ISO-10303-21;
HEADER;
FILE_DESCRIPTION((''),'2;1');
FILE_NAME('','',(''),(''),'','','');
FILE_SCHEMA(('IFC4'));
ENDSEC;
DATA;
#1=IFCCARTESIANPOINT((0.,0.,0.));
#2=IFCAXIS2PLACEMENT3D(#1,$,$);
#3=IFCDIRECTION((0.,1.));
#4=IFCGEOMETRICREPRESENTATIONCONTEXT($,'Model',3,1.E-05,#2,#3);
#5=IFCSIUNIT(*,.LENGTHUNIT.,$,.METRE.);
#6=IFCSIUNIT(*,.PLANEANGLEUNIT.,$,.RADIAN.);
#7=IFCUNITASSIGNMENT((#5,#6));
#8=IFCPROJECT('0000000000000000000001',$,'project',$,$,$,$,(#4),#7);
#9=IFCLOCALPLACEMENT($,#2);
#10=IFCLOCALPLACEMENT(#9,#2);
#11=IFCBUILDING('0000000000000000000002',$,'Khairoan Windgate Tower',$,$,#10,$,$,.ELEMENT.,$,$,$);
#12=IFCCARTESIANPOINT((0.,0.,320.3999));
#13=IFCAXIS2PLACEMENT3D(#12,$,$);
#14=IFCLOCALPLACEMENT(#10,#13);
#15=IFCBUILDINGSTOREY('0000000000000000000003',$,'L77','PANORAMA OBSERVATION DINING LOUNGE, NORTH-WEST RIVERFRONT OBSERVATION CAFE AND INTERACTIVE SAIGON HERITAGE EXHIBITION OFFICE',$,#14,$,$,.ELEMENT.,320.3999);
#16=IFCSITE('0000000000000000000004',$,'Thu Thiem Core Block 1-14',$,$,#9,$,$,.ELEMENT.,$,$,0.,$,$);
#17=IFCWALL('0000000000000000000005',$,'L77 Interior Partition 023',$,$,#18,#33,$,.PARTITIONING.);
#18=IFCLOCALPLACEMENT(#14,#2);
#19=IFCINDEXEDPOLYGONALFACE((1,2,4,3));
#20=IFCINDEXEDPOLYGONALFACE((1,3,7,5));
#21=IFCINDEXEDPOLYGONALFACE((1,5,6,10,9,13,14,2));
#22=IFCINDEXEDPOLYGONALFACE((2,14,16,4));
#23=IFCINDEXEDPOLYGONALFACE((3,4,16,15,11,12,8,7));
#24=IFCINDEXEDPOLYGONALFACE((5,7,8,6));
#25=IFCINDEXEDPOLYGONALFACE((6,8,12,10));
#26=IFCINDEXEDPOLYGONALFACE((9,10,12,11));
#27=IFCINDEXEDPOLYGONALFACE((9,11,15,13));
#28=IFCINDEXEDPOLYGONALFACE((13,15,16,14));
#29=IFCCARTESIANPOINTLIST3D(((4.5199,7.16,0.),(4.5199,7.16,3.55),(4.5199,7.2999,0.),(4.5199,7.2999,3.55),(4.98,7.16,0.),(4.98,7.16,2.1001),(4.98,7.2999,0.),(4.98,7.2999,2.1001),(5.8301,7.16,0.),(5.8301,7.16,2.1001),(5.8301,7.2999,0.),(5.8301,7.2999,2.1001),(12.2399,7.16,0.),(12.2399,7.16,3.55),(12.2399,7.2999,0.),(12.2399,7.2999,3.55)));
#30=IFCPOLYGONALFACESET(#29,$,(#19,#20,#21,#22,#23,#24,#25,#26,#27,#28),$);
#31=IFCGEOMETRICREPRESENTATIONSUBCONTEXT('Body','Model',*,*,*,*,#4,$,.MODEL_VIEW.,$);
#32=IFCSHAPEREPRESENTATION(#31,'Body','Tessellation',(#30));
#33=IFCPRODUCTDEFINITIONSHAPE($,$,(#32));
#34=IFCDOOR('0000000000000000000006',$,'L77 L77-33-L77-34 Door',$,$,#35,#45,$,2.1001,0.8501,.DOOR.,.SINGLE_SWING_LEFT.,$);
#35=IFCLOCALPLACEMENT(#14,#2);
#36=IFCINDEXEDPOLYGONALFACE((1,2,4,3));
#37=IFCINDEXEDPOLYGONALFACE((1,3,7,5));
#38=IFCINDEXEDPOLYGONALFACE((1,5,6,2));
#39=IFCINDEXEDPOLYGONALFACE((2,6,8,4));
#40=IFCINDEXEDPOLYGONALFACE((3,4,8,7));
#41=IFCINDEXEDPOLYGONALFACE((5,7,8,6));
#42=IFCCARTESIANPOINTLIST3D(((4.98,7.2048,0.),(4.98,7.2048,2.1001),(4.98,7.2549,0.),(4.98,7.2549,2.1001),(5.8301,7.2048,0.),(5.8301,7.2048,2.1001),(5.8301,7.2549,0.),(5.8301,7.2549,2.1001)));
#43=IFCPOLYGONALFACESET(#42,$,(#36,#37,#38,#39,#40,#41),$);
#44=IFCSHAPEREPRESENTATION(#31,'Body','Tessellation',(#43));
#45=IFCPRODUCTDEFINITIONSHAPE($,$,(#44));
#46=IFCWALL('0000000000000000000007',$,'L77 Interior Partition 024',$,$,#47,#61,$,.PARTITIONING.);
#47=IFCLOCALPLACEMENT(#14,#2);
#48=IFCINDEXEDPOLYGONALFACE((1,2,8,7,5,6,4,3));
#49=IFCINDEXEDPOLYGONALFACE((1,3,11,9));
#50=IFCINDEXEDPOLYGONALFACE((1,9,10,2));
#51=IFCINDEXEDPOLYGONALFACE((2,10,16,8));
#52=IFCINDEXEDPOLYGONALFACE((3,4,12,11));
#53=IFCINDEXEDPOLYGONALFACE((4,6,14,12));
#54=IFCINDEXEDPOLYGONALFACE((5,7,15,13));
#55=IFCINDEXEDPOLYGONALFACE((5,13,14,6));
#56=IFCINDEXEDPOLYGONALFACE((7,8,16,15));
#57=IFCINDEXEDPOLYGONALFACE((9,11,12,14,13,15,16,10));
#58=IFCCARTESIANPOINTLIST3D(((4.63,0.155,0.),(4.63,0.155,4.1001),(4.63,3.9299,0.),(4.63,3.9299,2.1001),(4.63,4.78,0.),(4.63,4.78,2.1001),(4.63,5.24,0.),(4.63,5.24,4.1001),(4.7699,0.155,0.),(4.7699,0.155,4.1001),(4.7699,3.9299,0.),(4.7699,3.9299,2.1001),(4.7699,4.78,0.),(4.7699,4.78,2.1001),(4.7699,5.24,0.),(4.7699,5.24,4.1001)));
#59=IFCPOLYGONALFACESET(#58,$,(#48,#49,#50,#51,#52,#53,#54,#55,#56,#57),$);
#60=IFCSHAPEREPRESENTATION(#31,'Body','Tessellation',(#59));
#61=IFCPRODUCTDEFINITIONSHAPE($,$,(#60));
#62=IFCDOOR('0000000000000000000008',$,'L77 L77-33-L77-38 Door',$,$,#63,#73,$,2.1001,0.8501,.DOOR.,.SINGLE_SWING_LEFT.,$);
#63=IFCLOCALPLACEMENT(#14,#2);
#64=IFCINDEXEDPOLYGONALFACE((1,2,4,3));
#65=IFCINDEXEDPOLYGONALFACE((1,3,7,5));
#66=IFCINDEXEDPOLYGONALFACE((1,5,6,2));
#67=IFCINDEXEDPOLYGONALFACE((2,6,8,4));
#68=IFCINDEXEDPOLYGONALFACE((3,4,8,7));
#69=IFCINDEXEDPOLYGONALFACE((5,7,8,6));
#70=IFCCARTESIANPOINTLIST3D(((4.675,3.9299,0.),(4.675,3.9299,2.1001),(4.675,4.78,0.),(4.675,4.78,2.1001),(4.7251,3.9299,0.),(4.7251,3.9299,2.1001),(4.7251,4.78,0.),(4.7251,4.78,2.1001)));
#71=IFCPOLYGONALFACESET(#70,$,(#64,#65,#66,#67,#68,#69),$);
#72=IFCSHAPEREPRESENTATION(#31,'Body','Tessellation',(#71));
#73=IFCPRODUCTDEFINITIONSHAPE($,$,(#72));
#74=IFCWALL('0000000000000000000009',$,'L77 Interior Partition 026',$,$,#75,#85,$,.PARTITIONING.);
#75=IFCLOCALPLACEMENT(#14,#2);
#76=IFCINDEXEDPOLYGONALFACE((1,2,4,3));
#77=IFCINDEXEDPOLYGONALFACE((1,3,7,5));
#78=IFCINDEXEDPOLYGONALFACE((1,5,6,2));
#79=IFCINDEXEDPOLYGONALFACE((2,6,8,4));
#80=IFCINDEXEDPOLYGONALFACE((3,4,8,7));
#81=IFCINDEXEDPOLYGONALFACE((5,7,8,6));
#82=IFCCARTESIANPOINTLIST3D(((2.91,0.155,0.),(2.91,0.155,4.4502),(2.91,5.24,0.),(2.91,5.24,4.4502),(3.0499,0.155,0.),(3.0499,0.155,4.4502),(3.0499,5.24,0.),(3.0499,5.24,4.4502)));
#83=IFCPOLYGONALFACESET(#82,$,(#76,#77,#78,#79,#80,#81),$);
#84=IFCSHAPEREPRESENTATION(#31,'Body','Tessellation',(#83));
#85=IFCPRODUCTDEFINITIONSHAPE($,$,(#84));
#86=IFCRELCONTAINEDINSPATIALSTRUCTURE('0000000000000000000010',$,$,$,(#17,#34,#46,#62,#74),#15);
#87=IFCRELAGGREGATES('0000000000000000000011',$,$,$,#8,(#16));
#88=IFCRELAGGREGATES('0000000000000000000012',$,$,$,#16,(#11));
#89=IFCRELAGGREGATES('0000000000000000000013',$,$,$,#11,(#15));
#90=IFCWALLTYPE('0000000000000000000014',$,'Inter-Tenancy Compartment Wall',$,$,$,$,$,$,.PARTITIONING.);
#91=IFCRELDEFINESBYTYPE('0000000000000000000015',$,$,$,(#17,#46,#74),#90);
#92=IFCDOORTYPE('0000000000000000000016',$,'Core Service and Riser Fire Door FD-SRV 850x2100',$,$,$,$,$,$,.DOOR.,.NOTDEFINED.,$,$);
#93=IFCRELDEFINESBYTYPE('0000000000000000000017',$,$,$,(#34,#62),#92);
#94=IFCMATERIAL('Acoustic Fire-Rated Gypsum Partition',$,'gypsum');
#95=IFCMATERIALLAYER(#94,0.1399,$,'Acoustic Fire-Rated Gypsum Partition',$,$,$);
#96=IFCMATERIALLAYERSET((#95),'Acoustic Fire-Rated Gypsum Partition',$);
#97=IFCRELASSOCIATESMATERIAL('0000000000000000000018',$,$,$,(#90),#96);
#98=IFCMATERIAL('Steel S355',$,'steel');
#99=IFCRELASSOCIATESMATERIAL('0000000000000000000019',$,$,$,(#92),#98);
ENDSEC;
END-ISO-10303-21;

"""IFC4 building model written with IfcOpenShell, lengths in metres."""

from ifc_helpers import new_model, si_unit, direction, frame, frame_2d, origin, place, context, subcontext, project, spatial, rectangle, extrude, material, layer, layer_set, type_object, element, fill, save


model = new_model("IFC4")

# Units and contexts
model_context = context("Model", 3, precision=1e-05, world=origin(), true_north=direction((0.0, 1.0)))
body_context = subcontext(model_context, "Body", "Model", "MODEL_VIEW")
ifc_project = project(units=[si_unit("LENGTHUNIT", "METRE"), si_unit("PLANEANGLEUNIT", "RADIAN")], contexts=[model_context])

# Site, building, storey
site_placement = place(None, origin())
site = spatial("IfcSite", under=ifc_project, at=site_placement, Name="Thu Thiem Core Block 1-14", CompositionType="ELEMENT", RefElevation=0.0)
building_placement = place(site_placement, origin())
building = spatial("IfcBuilding", under=site, at=building_placement, Name="Khairoan Windgate Tower", CompositionType="ELEMENT")
storey_placement = place(building_placement, frame((0.0, 0.0, 320.3999)))
storey = spatial("IfcBuildingStorey", under=building, at=storey_placement, Name="L77", Description="PANORAMA OBSERVATION DINING LOUNGE, NORTH-WEST RIVERFRONT OBSERVATION CAFE AND INTERACTIVE SAIGON HERITAGE EXHIBITION OFFICE", CompositionType="ELEMENT", Elevation=320.3999)

# Walls, openings, doors
ifc_material_1 = material(Name="Acoustic Fire-Rated Gypsum Partition", Category="gypsum")
ifc_layer_1 = layer(ifc_material_1, 0.1399, Name="Acoustic Fire-Rated Gypsum Partition")
ifc_layer_set_1 = layer_set([ifc_layer_1], Name="Acoustic Fire-Rated Gypsum Partition")
wall_type_1 = type_object("IfcWallType", Name="Inter-Tenancy Compartment Wall", PredefinedType="PARTITIONING", material=ifc_layer_set_1)
wall_1_placement = place(storey_placement, frame((4.52, 7.23, 0.0), z_axis=(0.0, 0.0, 1.0), x_axis=(1.0, 0.0, 0.0)))
wall_1 = element("IfcWall", 1, at=wall_1_placement, inside=storey, type_object=wall_type_1, Name="L77 Interior Partition 023", PredefinedType="PARTITIONING", context=body_context, shape_type="SweptSolid", body=[
    extrude(rectangle(XDim=7.72, YDim=0.1399, at=frame_2d((3.8599, 0.0))), origin(), (0.0, 0.0, 1.0), 3.55),
])
opening_1_placement = place(wall_1_placement, frame((0.46, 0.0, 0.0)))
opening_1 = element("IfcOpeningElement", 2, at=opening_1_placement, cuts=wall_1, PredefinedType="OPENING", context=body_context, shape_type="SweptSolid", body=[
    extrude(rectangle(XDim=0.8501, YDim=2.1001, at=frame_2d((0.425, 1.05))), frame((0.0, 0.0798, 0.0), z_axis=(0.0, -1.0, 0.0), x_axis=(1.0, 0.0, 0.0)), (0.0, 0.0, 1.0), 0.1599),
])
ifc_material_2 = material(Name="Steel S355", Category="steel")
door_type = type_object("IfcDoorType", Name="Core Service and Riser Fire Door FD-SRV 850x2100", OperationType="NOTDEFINED", PredefinedType="DOOR", material=ifc_material_2)
door_1_placement = place(opening_1_placement, origin())
door_1 = element("IfcDoor", 3, at=door_1_placement, inside=storey, type_object=door_type, Name="L77 L77-33-L77-34 Door", OperationType="SINGLE_SWING_LEFT", OverallHeight=2.1001, OverallWidth=0.8501, PredefinedType="DOOR", context=body_context, shape_type="SweptSolid", body=[
    extrude(rectangle(XDim=0.8501, YDim=2.1001, at=frame_2d((0.425, 1.05))), frame((0.0, 0.0249, 0.0), z_axis=(0.0, -1.0, 0.0), x_axis=(1.0, 0.0, 0.0)), (0.0, 0.0, 1.0), 0.05),
])
fill(opening_1, door_1)
wall_2_placement = place(storey_placement, frame((4.7, 0.155, 0.0), z_axis=(0.0, 0.0, 1.0), x_axis=(0.0, 1.0, 0.0)))
wall_2 = element("IfcWall", 4, at=wall_2_placement, inside=storey, type_object=wall_type_1, Name="L77 Interior Partition 024", PredefinedType="PARTITIONING", context=body_context, shape_type="SweptSolid", body=[
    extrude(rectangle(XDim=5.085, YDim=0.1399, at=frame_2d((2.5425, 0.0))), origin(), (0.0, 0.0, 1.0), 4.1001),
])
opening_2_placement = place(wall_2_placement, frame((3.7749, 0.0, 0.0)))
opening_2 = element("IfcOpeningElement", 5, at=opening_2_placement, cuts=wall_2, PredefinedType="OPENING", context=body_context, shape_type="SweptSolid", body=[
    extrude(rectangle(XDim=0.8501, YDim=2.1001, at=frame_2d((0.425, 1.05))), frame((0.0, 0.0798, 0.0), z_axis=(0.0, -1.0, 0.0), x_axis=(1.0, 0.0, 0.0)), (0.0, 0.0, 1.0), 0.1599),
])
door_2_placement = place(opening_2_placement, origin())
door_2 = element("IfcDoor", 6, at=door_2_placement, inside=storey, type_object=door_type, Name="L77 L77-33-L77-38 Door", OperationType="SINGLE_SWING_LEFT", OverallHeight=2.1001, OverallWidth=0.8501, PredefinedType="DOOR", context=body_context, shape_type="SweptSolid", body=[
    extrude(rectangle(XDim=0.8501, YDim=2.1001, at=frame_2d((0.425, 1.05))), frame((0.0, 0.0249, 0.0), z_axis=(0.0, -1.0, 0.0), x_axis=(1.0, 0.0, 0.0)), (0.0, 0.0, 1.0), 0.05),
])
fill(opening_2, door_2)

# Wall
wall_3_placement = place(storey_placement, frame((2.98, 0.155, 0.0), z_axis=(0.0, 0.0, 1.0), x_axis=(0.0, 1.0, 0.0)))
element("IfcWall", 7, at=wall_3_placement, inside=storey, type_object=wall_type_1, Name="L77 Interior Partition 026", PredefinedType="PARTITIONING", context=body_context, shape_type="SweptSolid", body=[
    extrude(rectangle(XDim=5.085, YDim=0.1399, at=frame_2d((2.5425, 0.0))), origin(), (0.0, 0.0, 1.0), 4.4502),
])

save(model, "model.ifc")
